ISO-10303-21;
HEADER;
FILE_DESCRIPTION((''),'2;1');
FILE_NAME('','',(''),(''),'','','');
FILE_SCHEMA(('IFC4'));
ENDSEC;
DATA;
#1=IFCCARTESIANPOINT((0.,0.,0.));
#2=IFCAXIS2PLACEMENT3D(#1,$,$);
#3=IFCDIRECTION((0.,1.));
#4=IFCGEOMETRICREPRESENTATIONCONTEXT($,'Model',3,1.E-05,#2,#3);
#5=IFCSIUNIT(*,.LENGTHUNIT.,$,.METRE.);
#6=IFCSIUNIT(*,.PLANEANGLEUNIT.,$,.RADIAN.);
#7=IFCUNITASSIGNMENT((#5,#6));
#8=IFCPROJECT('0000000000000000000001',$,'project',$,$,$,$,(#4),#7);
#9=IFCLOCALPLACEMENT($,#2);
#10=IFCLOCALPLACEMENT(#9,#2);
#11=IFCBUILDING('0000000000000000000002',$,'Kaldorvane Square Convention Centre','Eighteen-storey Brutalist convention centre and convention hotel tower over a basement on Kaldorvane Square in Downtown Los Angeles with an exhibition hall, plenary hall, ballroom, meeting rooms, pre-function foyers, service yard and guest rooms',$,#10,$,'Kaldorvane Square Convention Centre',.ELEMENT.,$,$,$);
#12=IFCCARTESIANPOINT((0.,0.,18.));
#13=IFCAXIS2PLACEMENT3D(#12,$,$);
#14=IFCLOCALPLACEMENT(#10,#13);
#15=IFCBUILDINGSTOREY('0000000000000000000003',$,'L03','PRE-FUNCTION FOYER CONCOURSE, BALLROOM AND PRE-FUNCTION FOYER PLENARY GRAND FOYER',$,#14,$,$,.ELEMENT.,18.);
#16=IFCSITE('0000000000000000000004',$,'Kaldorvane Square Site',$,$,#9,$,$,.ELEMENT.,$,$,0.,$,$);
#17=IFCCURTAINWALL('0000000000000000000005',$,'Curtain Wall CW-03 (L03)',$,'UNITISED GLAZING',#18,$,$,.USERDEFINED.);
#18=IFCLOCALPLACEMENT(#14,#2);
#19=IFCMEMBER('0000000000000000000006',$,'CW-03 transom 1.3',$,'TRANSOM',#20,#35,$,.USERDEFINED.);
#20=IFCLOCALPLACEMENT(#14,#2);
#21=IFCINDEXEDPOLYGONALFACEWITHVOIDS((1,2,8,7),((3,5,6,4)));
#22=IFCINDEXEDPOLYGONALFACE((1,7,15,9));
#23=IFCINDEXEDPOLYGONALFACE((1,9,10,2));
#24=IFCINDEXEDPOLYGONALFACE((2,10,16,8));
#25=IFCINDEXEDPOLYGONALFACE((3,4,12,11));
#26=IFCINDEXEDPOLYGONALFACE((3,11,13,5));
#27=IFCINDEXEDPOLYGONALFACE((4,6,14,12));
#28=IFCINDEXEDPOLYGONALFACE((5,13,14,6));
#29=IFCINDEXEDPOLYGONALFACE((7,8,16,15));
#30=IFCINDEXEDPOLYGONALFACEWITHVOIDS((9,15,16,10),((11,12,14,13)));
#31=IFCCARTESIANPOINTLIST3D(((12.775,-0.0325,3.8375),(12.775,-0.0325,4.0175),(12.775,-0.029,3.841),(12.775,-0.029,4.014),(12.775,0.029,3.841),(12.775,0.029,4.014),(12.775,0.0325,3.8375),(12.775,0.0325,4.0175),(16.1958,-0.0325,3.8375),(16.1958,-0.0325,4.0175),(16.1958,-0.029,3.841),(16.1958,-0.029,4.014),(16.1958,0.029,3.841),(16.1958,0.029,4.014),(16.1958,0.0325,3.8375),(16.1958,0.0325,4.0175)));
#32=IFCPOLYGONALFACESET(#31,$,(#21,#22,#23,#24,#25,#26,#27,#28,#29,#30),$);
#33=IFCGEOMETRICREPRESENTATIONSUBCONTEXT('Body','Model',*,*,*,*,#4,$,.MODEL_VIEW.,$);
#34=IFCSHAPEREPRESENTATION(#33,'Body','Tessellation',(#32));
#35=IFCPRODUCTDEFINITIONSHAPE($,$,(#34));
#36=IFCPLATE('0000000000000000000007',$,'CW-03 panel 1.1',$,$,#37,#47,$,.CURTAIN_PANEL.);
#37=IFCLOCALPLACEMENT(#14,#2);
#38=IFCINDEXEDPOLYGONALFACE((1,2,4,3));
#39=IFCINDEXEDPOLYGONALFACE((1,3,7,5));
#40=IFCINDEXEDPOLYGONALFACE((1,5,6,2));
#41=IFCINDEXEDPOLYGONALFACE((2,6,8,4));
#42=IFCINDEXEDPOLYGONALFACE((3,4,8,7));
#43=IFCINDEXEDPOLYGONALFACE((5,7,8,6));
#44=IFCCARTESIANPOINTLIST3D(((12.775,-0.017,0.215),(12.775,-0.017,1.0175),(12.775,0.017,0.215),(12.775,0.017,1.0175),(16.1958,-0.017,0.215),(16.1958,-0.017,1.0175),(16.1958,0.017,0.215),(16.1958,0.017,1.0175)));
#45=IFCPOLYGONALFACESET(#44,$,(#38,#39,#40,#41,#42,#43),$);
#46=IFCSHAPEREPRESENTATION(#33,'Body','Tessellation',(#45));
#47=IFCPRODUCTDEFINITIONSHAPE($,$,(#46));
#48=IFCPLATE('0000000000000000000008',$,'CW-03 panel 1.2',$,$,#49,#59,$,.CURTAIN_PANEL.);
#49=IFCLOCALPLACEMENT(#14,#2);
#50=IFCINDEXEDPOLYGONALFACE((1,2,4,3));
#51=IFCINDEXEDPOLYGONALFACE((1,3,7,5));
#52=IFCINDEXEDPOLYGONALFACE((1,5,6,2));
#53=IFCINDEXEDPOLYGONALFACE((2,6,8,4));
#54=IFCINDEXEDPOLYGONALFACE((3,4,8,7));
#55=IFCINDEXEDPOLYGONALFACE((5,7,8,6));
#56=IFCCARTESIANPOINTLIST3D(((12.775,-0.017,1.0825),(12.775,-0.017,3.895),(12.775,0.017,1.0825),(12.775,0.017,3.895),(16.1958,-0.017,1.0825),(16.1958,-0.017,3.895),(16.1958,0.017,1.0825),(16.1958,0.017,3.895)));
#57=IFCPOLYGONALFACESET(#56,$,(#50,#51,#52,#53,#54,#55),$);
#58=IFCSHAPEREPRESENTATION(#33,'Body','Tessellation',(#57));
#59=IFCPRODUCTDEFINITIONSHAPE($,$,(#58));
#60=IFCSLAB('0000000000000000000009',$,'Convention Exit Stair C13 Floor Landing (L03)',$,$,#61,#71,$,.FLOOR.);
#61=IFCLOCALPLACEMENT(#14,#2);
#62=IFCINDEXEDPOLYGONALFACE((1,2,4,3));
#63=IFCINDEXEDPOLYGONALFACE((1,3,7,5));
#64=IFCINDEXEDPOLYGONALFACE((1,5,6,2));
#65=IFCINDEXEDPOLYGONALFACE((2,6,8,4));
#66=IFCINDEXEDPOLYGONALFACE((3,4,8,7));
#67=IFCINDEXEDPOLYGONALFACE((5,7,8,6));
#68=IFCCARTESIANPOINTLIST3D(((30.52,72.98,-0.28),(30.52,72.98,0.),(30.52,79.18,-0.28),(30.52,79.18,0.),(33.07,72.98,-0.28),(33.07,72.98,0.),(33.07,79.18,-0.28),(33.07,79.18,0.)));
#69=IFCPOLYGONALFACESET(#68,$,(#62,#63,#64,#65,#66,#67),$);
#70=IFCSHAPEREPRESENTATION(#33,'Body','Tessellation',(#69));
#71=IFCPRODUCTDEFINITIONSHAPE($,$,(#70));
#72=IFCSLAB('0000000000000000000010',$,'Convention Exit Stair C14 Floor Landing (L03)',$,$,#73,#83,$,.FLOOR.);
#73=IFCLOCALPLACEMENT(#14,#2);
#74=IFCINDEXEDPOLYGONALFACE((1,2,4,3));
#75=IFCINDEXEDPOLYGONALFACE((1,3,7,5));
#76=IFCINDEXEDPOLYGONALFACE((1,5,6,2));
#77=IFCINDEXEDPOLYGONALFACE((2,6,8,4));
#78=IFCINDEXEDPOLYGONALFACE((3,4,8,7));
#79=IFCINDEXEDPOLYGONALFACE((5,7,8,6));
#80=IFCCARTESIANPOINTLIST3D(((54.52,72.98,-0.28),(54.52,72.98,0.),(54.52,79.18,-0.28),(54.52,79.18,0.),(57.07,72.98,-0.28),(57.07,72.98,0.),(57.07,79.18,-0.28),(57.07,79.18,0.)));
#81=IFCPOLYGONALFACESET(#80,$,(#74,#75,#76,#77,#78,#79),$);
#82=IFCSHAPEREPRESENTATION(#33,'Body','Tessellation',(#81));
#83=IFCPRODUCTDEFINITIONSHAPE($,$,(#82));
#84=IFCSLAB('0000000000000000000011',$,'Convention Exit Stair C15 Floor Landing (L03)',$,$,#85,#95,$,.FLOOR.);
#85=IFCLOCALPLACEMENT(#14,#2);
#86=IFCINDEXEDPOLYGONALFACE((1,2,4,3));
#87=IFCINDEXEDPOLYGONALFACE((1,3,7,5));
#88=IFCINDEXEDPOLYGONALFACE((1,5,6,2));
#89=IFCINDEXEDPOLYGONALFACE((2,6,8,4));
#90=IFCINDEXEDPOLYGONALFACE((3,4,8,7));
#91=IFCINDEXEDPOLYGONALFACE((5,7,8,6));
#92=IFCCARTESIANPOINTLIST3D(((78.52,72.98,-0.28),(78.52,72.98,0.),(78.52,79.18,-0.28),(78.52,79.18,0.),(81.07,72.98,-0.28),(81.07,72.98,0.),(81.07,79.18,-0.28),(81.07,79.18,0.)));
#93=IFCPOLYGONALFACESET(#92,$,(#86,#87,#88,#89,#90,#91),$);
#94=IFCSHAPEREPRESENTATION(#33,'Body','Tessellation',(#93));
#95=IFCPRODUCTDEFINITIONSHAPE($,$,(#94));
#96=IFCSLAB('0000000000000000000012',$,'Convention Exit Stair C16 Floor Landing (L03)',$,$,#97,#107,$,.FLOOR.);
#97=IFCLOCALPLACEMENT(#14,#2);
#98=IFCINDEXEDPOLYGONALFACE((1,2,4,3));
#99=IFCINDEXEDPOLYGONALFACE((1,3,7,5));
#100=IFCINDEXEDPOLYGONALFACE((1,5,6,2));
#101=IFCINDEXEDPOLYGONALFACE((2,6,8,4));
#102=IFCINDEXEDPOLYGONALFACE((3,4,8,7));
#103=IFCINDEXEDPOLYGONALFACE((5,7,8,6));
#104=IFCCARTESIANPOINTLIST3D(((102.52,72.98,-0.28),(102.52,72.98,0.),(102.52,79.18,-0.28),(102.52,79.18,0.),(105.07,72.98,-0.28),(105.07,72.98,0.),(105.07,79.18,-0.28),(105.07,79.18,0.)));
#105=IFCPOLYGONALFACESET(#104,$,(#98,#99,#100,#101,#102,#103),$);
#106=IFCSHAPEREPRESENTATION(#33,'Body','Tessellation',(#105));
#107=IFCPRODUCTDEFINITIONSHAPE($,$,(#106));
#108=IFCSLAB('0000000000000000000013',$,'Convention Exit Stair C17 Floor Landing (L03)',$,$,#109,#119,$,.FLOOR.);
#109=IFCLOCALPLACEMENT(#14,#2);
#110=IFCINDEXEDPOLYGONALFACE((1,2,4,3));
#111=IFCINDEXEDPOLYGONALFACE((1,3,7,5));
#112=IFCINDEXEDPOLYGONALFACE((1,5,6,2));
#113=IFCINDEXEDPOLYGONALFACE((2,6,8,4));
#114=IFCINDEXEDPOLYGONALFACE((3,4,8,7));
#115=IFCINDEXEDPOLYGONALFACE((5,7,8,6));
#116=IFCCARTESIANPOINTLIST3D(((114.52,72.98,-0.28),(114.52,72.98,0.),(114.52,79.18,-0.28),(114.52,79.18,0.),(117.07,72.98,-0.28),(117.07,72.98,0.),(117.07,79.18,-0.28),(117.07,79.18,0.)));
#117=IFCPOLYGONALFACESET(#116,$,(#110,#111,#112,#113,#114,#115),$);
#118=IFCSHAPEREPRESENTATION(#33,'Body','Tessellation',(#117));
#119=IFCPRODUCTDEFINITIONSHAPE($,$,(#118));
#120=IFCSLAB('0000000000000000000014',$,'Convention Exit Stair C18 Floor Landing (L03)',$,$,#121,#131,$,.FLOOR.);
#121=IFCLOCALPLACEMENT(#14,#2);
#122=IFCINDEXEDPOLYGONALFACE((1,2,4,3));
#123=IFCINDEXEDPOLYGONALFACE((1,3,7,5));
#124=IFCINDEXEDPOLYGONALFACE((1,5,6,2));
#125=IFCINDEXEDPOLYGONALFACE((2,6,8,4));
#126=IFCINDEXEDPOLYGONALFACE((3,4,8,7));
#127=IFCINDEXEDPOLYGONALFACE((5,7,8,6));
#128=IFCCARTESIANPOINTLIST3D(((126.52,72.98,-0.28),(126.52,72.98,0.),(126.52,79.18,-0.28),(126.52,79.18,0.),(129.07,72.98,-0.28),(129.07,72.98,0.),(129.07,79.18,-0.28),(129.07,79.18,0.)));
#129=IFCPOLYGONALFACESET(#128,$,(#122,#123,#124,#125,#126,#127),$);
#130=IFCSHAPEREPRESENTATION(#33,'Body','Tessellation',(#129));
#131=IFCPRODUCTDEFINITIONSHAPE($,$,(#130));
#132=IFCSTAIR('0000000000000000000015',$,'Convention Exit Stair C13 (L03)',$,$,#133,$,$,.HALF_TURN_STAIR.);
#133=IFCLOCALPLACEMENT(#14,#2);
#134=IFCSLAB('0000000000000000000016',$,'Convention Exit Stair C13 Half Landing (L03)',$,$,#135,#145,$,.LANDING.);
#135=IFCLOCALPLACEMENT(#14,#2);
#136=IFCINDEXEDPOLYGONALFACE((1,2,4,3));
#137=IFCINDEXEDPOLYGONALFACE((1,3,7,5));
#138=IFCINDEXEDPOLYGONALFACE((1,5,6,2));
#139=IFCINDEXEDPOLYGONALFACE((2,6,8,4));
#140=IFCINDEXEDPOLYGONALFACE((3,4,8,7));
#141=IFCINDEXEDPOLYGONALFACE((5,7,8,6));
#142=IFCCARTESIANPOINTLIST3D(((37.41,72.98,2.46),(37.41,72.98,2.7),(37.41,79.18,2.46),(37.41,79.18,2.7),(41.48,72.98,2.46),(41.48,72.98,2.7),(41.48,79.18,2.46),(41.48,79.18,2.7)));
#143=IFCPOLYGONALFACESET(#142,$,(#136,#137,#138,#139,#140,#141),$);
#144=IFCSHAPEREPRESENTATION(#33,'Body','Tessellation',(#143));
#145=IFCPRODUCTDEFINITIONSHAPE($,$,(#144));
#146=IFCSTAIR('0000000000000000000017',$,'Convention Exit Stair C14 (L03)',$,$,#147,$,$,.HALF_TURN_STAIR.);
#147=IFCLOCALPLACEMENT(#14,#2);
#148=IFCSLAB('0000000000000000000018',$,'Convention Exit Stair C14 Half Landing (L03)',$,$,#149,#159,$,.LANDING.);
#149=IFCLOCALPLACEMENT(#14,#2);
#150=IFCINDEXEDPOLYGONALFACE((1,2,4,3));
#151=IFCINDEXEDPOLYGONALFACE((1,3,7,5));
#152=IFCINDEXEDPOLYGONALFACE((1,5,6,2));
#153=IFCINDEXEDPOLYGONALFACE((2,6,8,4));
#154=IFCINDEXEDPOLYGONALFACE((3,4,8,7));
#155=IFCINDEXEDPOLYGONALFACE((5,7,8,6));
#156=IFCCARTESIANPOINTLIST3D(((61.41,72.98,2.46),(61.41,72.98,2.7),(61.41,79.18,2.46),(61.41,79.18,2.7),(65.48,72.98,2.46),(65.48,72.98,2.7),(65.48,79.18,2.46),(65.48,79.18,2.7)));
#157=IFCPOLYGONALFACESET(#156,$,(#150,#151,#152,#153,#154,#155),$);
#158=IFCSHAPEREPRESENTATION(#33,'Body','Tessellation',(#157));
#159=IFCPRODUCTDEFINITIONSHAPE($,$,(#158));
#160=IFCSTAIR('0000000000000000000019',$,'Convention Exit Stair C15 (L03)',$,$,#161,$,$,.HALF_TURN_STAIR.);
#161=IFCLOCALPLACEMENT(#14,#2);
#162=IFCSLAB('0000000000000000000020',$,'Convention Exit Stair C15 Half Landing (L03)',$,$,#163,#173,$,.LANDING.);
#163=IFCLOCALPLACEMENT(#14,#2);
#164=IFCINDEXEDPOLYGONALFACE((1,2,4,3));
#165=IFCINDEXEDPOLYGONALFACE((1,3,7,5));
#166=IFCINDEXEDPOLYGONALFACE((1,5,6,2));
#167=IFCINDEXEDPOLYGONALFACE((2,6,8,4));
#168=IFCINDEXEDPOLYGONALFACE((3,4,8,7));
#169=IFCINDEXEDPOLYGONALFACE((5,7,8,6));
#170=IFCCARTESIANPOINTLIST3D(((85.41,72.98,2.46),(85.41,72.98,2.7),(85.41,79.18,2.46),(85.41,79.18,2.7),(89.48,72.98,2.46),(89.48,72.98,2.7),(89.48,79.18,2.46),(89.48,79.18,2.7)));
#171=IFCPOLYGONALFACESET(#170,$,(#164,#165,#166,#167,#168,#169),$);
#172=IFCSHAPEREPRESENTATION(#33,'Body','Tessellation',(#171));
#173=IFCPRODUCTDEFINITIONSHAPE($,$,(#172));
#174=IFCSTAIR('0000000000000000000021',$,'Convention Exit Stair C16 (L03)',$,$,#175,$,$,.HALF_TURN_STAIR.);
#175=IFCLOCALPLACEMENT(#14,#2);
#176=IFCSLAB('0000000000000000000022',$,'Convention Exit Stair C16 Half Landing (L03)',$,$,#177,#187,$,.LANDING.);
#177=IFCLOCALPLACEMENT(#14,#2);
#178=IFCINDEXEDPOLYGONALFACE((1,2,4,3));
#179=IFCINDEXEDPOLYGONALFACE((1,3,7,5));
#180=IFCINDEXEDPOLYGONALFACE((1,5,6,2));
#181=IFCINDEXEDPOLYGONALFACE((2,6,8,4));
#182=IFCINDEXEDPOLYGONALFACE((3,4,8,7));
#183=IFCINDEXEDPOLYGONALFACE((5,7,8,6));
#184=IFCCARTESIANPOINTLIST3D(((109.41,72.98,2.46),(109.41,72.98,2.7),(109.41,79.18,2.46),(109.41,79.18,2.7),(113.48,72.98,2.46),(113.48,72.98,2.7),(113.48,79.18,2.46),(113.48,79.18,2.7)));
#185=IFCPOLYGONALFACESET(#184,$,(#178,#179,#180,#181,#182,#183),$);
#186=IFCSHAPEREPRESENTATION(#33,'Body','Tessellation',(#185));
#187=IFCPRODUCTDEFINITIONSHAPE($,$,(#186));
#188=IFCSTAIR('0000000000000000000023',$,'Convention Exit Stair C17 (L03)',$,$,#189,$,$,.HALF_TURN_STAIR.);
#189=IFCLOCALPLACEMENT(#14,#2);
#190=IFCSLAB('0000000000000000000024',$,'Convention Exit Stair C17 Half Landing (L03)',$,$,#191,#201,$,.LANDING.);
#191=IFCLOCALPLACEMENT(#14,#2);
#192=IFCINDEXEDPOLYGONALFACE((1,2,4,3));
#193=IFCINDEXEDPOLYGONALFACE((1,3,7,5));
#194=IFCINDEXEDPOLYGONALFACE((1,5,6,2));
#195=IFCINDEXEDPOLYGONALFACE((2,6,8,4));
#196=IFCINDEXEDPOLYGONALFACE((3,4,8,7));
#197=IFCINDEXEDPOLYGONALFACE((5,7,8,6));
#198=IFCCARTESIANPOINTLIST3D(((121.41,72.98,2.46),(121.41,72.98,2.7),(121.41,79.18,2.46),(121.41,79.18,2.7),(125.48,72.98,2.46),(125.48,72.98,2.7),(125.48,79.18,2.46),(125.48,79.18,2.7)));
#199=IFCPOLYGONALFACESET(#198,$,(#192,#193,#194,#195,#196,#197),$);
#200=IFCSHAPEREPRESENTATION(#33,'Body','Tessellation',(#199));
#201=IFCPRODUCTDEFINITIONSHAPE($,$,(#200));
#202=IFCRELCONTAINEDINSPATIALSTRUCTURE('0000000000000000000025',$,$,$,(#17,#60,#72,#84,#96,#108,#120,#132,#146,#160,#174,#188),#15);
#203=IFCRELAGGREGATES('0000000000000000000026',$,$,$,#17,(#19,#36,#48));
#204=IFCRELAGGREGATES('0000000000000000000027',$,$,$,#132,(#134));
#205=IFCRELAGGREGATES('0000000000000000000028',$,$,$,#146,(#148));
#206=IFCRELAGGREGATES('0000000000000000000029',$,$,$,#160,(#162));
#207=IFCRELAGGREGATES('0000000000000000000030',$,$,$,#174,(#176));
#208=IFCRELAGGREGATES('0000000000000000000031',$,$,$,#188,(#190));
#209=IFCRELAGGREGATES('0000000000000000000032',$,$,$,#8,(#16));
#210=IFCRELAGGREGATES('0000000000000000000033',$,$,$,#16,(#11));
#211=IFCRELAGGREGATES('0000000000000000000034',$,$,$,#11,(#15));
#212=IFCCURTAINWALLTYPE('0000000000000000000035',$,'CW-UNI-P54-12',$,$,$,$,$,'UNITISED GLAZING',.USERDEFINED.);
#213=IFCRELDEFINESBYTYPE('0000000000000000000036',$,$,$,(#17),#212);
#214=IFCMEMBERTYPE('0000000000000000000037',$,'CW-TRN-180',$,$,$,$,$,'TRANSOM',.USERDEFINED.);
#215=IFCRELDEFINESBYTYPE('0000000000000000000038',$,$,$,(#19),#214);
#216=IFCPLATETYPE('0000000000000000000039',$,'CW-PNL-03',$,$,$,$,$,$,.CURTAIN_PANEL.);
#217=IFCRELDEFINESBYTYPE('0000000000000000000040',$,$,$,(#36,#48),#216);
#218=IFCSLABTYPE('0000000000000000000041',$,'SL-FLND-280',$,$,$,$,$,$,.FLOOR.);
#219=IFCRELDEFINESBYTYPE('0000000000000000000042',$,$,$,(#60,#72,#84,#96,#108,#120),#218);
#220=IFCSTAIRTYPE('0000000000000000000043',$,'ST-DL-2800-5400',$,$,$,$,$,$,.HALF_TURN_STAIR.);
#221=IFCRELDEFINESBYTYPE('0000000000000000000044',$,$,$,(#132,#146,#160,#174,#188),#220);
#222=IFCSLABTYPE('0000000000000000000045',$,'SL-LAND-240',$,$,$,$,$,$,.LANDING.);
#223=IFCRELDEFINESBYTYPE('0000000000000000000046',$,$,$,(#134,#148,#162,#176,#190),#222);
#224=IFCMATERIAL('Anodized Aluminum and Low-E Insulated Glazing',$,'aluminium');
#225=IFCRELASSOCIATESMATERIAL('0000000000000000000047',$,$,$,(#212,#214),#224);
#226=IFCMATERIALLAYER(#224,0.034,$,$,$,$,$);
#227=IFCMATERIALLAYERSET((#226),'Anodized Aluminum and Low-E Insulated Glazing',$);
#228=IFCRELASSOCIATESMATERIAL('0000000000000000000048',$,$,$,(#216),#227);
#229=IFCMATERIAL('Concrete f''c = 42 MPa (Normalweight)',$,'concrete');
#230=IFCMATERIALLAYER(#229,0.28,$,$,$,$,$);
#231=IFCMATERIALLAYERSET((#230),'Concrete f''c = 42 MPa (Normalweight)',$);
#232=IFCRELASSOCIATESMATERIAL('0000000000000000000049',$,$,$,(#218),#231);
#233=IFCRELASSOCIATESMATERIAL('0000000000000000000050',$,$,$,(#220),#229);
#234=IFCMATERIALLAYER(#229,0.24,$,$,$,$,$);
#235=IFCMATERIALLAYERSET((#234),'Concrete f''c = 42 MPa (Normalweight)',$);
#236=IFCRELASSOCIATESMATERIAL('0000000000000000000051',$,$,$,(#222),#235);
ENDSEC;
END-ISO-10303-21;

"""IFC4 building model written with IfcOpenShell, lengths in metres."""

from ifc_helpers import new_model, si_unit, direction, frame, origin, origin_2d, place, context, subcontext, project, spatial, polyline, rectangle, hollow_rectangle, outline, extrude, material, layer, layer_set, material_profile, profile_set, type_object, element, aggregate, save


model = new_model("IFC4")

# Units and contexts
model_context = context("Model", 3, precision=1e-05, world=origin(), true_north=direction((0.0, 1.0)))
body_context = subcontext(model_context, "Body", "Model", "MODEL_VIEW")
ifc_project = project(units=[si_unit("LENGTHUNIT", "METRE"), si_unit("PLANEANGLEUNIT", "RADIAN")], contexts=[model_context])

# Site, building, storey
site_placement = place(None, origin())
site = spatial("IfcSite", under=ifc_project, at=site_placement, Name="Kaldorvane Square Site", CompositionType="ELEMENT", RefElevation=0.0)
building_placement = place(site_placement, origin())
building = spatial("IfcBuilding", under=site, at=building_placement, Name="Kaldorvane Square Convention Centre", Description="Eighteen-storey Brutalist convention centre and convention hotel tower over a basement on Kaldorvane Square in Downtown Los Angeles with an exhibition hall, plenary hall, ballroom, meeting rooms, pre-function foyers, service yard and guest rooms", LongName="Kaldorvane Square Convention Centre", CompositionType="ELEMENT")
storey_placement = place(building_placement, frame((0.0, 0.0, 18.0)))
storey = spatial("IfcBuildingStorey", under=building, at=storey_placement, Name="L03", Description="PRE-FUNCTION FOYER CONCOURSE, BALLROOM AND PRE-FUNCTION FOYER PLENARY GRAND FOYER", CompositionType="ELEMENT", Elevation=18.0)

# Shared definitions
ifc_material_1 = material(Name="Concrete f'c = 42 MPa (Normalweight)", Category="concrete")

# Curtain wall, member, plates
ifc_material_2 = material(Name="Anodized Aluminum and Low-E Insulated Glazing", Category="aluminium")
curtain_wall_type = type_object("IfcCurtainWallType", Name="CW-UNI-P54-12", ElementType="UNITISED GLAZING", PredefinedType="USERDEFINED", material=ifc_material_2)
curtain_wall_placement = place(storey_placement, origin())
curtain_wall = element("IfcCurtainWall", 1, at=curtain_wall_placement, inside=storey, type_object=curtain_wall_type, Name="Curtain Wall CW-03 (L03)", ObjectType="UNITISED GLAZING", PredefinedType="USERDEFINED")
ifc_material_profile_1 = material_profile(ifc_material_2, hollow_rectangle(XDim=0.065, YDim=0.18, WallThickness=0.0035, at=origin_2d()), Name="CWT-180X65")
ifc_profile_set_1 = profile_set([ifc_material_profile_1], Name="Anodized Aluminum and Low-E Insulated Glazing")
member_type_1 = type_object("IfcMemberType", Name="CW-TRN-180", ElementType="TRANSOM", PredefinedType="USERDEFINED", material=ifc_profile_set_1)
member_1_placement = place(storey_placement, frame((12.775, 0.0, 3.9275), z_axis=(1.0, 0.0, 0.0), x_axis=(0.0, 1.0, 0.0)))
member_1 = element("IfcMember", 2, at=member_1_placement, type_object=member_type_1, Name="CW-03 transom 1.3", ObjectType="TRANSOM", PredefinedType="USERDEFINED", context=body_context, shape_type="SweptSolid", body=[
    extrude(hollow_rectangle(XDim=0.065, YDim=0.18, WallThickness=0.0035, at=origin_2d()), origin(), (0.0, 0.0, 1.0), 3.4208),
])
ifc_layer_1 = layer(ifc_material_2, 0.034)
ifc_layer_set_1 = layer_set([ifc_layer_1], Name="Anodized Aluminum and Low-E Insulated Glazing")
plate_type = type_object("IfcPlateType", Name="CW-PNL-03", PredefinedType="CURTAIN_PANEL", material=ifc_layer_set_1)
plate_1_placement = place(storey_placement, frame((14.4854, 0.0, 0.215), z_axis=(0.0, 0.0, 1.0), x_axis=(1.0, 0.0, 0.0)))
plate_1 = element("IfcPlate", 3, at=plate_1_placement, type_object=plate_type, Name="CW-03 panel 1.1", PredefinedType="CURTAIN_PANEL", context=body_context, shape_type="SweptSolid", body=[
    extrude(rectangle(XDim=3.4208, YDim=0.034, at=origin_2d()), origin(), (0.0, 0.0, 1.0), 0.8025),
])
plate_2_placement = place(storey_placement, frame((14.4854, 0.0, 1.0825), z_axis=(0.0, 0.0, 1.0), x_axis=(1.0, 0.0, 0.0)))
plate_2 = element("IfcPlate", 4, at=plate_2_placement, type_object=plate_type, Name="CW-03 panel 1.2", PredefinedType="CURTAIN_PANEL", context=body_context, shape_type="SweptSolid", body=[
    extrude(rectangle(XDim=3.4208, YDim=0.034, at=origin_2d()), origin(), (0.0, 0.0, 1.0), 2.8125),
])
aggregate(curtain_wall, [member_1, plate_1, plate_2])

# Slabs
ifc_layer_2 = layer(ifc_material_1, 0.28)
ifc_layer_set_2 = layer_set([ifc_layer_2], Name="Concrete f'c = 42 MPa (Normalweight)")
slab_type_1 = type_object("IfcSlabType", Name="SL-FLND-280", PredefinedType="FLOOR", material=ifc_layer_set_2)
slab_1_placement = place(storey_placement, frame((0.0, 0.0, -0.28)))
element("IfcSlab", 5, at=slab_1_placement, inside=storey, type_object=slab_type_1, Name="Convention Exit Stair C13 Floor Landing (L03)", PredefinedType="FLOOR", context=body_context, shape_type="SweptSolid", body=[
    extrude(outline(polyline([(30.52, 72.98), (33.07, 72.98), (33.07, 79.18), (30.52, 79.18), (30.52, 72.98)])), origin(), (0.0, 0.0, 1.0), 0.28),
])
slab_2_placement = place(storey_placement, frame((0.0, 0.0, -0.28)))
element("IfcSlab", 6, at=slab_2_placement, inside=storey, type_object=slab_type_1, Name="Convention Exit Stair C14 Floor Landing (L03)", PredefinedType="FLOOR", context=body_context, shape_type="SweptSolid", body=[
    extrude(outline(polyline([(54.52, 72.98), (57.07, 72.98), (57.07, 79.18), (54.52, 79.18), (54.52, 72.98)])), origin(), (0.0, 0.0, 1.0), 0.28),
])
slab_3_placement = place(storey_placement, frame((0.0, 0.0, -0.28)))
element("IfcSlab", 7, at=slab_3_placement, inside=storey, type_object=slab_type_1, Name="Convention Exit Stair C15 Floor Landing (L03)", PredefinedType="FLOOR", context=body_context, shape_type="SweptSolid", body=[
    extrude(outline(polyline([(78.52, 72.98), (81.07, 72.98), (81.07, 79.18), (78.52, 79.18), (78.52, 72.98)])), origin(), (0.0, 0.0, 1.0), 0.28),
])
slab_4_placement = place(storey_placement, frame((0.0, 0.0, -0.28)))
element("IfcSlab", 8, at=slab_4_placement, inside=storey, type_object=slab_type_1, Name="Convention Exit Stair C16 Floor Landing (L03)", PredefinedType="FLOOR", context=body_context, shape_type="SweptSolid", body=[
    extrude(outline(polyline([(102.52, 72.98), (105.07, 72.98), (105.07, 79.18), (102.52, 79.18), (102.52, 72.98)])), origin(), (0.0, 0.0, 1.0), 0.28),
])
slab_5_placement = place(storey_placement, frame((0.0, 0.0, -0.28)))
element("IfcSlab", 9, at=slab_5_placement, inside=storey, type_object=slab_type_1, Name="Convention Exit Stair C17 Floor Landing (L03)", PredefinedType="FLOOR", context=body_context, shape_type="SweptSolid", body=[
    extrude(outline(polyline([(114.52, 72.98), (117.07, 72.98), (117.07, 79.18), (114.52, 79.18), (114.52, 72.98)])), origin(), (0.0, 0.0, 1.0), 0.28),
])
slab_6_placement = place(storey_placement, frame((0.0, 0.0, -0.28)))
element("IfcSlab", 10, at=slab_6_placement, inside=storey, type_object=slab_type_1, Name="Convention Exit Stair C18 Floor Landing (L03)", PredefinedType="FLOOR", context=body_context, shape_type="SweptSolid", body=[
    extrude(outline(polyline([(126.52, 72.98), (129.07, 72.98), (129.07, 79.18), (126.52, 79.18), (126.52, 72.98)])), origin(), (0.0, 0.0, 1.0), 0.28),
])

# Stairs, slabs
stair_type_1 = type_object("IfcStairType", Name="ST-DL-2800-5400", PredefinedType="HALF_TURN_STAIR", material=ifc_material_1)
stair_1_placement = place(storey_placement, origin())
stair_1 = element("IfcStair", 11, at=stair_1_placement, inside=storey, type_object=stair_type_1, Name="Convention Exit Stair C13 (L03)", PredefinedType="HALF_TURN_STAIR")
ifc_layer_3 = layer(ifc_material_1, 0.24)
ifc_layer_set_3 = layer_set([ifc_layer_3], Name="Concrete f'c = 42 MPa (Normalweight)")
slab_type_2 = type_object("IfcSlabType", Name="SL-LAND-240", PredefinedType="LANDING", material=ifc_layer_set_3)
slab_7_placement = place(storey_placement, frame((0.0, 0.0, 2.46)))
slab_7 = element("IfcSlab", 12, at=slab_7_placement, type_object=slab_type_2, Name="Convention Exit Stair C13 Half Landing (L03)", PredefinedType="LANDING", context=body_context, shape_type="SweptSolid", body=[
    extrude(outline(polyline([(37.41, 72.98), (41.48, 72.98), (41.48, 79.18), (37.41, 79.18), (37.41, 72.98)])), origin(), (0.0, 0.0, 1.0), 0.24),
])
aggregate(stair_1, [slab_7])
stair_2_placement = place(storey_placement, origin())
stair_2 = element("IfcStair", 13, at=stair_2_placement, inside=storey, type_object=stair_type_1, Name="Convention Exit Stair C14 (L03)", PredefinedType="HALF_TURN_STAIR")
slab_8_placement = place(storey_placement, frame((0.0, 0.0, 2.46)))
slab_8 = element("IfcSlab", 14, at=slab_8_placement, type_object=slab_type_2, Name="Convention Exit Stair C14 Half Landing (L03)", PredefinedType="LANDING", context=body_context, shape_type="SweptSolid", body=[
    extrude(outline(polyline([(61.41, 72.98), (65.48, 72.98), (65.48, 79.18), (61.41, 79.18), (61.41, 72.98)])), origin(), (0.0, 0.0, 1.0), 0.24),
])
aggregate(stair_2, [slab_8])
stair_3_placement = place(storey_placement, origin())
stair_3 = element("IfcStair", 15, at=stair_3_placement, inside=storey, type_object=stair_type_1, Name="Convention Exit Stair C15 (L03)", PredefinedType="HALF_TURN_STAIR")
slab_9_placement = place(storey_placement, frame((0.0, 0.0, 2.46)))
slab_9 = element("IfcSlab", 16, at=slab_9_placement, type_object=slab_type_2, Name="Convention Exit Stair C15 Half Landing (L03)", PredefinedType="LANDING", context=body_context, shape_type="SweptSolid", body=[
    extrude(outline(polyline([(85.41, 72.98), (89.48, 72.98), (89.48, 79.18), (85.41, 79.18), (85.41, 72.98)])), origin(), (0.0, 0.0, 1.0), 0.24),
])
aggregate(stair_3, [slab_9])
stair_4_placement = place(storey_placement, origin())
stair_4 = element("IfcStair", 17, at=stair_4_placement, inside=storey, type_object=stair_type_1, Name="Convention Exit Stair C16 (L03)", PredefinedType="HALF_TURN_STAIR")
slab_10_placement = place(storey_placement, frame((0.0, 0.0, 2.46)))
slab_10 = element("IfcSlab", 18, at=slab_10_placement, type_object=slab_type_2, Name="Convention Exit Stair C16 Half Landing (L03)", PredefinedType="LANDING", context=body_context, shape_type="SweptSolid", body=[
    extrude(outline(polyline([(109.41, 72.98), (113.48, 72.98), (113.48, 79.18), (109.41, 79.18), (109.41, 72.98)])), origin(), (0.0, 0.0, 1.0), 0.24),
])
aggregate(stair_4, [slab_10])
stair_5_placement = place(storey_placement, origin())
stair_5 = element("IfcStair", 19, at=stair_5_placement, inside=storey, type_object=stair_type_1, Name="Convention Exit Stair C17 (L03)", PredefinedType="HALF_TURN_STAIR")
slab_11_placement = place(storey_placement, frame((0.0, 0.0, 2.46)))
slab_11 = element("IfcSlab", 20, at=slab_11_placement, type_object=slab_type_2, Name="Convention Exit Stair C17 Half Landing (L03)", PredefinedType="LANDING", context=body_context, shape_type="SweptSolid", body=[
    extrude(outline(polyline([(121.41, 72.98), (125.48, 72.98), (125.48, 79.18), (121.41, 79.18), (121.41, 72.98)])), origin(), (0.0, 0.0, 1.0), 0.24),
])
aggregate(stair_5, [slab_11])

save(model, "model.ifc")
